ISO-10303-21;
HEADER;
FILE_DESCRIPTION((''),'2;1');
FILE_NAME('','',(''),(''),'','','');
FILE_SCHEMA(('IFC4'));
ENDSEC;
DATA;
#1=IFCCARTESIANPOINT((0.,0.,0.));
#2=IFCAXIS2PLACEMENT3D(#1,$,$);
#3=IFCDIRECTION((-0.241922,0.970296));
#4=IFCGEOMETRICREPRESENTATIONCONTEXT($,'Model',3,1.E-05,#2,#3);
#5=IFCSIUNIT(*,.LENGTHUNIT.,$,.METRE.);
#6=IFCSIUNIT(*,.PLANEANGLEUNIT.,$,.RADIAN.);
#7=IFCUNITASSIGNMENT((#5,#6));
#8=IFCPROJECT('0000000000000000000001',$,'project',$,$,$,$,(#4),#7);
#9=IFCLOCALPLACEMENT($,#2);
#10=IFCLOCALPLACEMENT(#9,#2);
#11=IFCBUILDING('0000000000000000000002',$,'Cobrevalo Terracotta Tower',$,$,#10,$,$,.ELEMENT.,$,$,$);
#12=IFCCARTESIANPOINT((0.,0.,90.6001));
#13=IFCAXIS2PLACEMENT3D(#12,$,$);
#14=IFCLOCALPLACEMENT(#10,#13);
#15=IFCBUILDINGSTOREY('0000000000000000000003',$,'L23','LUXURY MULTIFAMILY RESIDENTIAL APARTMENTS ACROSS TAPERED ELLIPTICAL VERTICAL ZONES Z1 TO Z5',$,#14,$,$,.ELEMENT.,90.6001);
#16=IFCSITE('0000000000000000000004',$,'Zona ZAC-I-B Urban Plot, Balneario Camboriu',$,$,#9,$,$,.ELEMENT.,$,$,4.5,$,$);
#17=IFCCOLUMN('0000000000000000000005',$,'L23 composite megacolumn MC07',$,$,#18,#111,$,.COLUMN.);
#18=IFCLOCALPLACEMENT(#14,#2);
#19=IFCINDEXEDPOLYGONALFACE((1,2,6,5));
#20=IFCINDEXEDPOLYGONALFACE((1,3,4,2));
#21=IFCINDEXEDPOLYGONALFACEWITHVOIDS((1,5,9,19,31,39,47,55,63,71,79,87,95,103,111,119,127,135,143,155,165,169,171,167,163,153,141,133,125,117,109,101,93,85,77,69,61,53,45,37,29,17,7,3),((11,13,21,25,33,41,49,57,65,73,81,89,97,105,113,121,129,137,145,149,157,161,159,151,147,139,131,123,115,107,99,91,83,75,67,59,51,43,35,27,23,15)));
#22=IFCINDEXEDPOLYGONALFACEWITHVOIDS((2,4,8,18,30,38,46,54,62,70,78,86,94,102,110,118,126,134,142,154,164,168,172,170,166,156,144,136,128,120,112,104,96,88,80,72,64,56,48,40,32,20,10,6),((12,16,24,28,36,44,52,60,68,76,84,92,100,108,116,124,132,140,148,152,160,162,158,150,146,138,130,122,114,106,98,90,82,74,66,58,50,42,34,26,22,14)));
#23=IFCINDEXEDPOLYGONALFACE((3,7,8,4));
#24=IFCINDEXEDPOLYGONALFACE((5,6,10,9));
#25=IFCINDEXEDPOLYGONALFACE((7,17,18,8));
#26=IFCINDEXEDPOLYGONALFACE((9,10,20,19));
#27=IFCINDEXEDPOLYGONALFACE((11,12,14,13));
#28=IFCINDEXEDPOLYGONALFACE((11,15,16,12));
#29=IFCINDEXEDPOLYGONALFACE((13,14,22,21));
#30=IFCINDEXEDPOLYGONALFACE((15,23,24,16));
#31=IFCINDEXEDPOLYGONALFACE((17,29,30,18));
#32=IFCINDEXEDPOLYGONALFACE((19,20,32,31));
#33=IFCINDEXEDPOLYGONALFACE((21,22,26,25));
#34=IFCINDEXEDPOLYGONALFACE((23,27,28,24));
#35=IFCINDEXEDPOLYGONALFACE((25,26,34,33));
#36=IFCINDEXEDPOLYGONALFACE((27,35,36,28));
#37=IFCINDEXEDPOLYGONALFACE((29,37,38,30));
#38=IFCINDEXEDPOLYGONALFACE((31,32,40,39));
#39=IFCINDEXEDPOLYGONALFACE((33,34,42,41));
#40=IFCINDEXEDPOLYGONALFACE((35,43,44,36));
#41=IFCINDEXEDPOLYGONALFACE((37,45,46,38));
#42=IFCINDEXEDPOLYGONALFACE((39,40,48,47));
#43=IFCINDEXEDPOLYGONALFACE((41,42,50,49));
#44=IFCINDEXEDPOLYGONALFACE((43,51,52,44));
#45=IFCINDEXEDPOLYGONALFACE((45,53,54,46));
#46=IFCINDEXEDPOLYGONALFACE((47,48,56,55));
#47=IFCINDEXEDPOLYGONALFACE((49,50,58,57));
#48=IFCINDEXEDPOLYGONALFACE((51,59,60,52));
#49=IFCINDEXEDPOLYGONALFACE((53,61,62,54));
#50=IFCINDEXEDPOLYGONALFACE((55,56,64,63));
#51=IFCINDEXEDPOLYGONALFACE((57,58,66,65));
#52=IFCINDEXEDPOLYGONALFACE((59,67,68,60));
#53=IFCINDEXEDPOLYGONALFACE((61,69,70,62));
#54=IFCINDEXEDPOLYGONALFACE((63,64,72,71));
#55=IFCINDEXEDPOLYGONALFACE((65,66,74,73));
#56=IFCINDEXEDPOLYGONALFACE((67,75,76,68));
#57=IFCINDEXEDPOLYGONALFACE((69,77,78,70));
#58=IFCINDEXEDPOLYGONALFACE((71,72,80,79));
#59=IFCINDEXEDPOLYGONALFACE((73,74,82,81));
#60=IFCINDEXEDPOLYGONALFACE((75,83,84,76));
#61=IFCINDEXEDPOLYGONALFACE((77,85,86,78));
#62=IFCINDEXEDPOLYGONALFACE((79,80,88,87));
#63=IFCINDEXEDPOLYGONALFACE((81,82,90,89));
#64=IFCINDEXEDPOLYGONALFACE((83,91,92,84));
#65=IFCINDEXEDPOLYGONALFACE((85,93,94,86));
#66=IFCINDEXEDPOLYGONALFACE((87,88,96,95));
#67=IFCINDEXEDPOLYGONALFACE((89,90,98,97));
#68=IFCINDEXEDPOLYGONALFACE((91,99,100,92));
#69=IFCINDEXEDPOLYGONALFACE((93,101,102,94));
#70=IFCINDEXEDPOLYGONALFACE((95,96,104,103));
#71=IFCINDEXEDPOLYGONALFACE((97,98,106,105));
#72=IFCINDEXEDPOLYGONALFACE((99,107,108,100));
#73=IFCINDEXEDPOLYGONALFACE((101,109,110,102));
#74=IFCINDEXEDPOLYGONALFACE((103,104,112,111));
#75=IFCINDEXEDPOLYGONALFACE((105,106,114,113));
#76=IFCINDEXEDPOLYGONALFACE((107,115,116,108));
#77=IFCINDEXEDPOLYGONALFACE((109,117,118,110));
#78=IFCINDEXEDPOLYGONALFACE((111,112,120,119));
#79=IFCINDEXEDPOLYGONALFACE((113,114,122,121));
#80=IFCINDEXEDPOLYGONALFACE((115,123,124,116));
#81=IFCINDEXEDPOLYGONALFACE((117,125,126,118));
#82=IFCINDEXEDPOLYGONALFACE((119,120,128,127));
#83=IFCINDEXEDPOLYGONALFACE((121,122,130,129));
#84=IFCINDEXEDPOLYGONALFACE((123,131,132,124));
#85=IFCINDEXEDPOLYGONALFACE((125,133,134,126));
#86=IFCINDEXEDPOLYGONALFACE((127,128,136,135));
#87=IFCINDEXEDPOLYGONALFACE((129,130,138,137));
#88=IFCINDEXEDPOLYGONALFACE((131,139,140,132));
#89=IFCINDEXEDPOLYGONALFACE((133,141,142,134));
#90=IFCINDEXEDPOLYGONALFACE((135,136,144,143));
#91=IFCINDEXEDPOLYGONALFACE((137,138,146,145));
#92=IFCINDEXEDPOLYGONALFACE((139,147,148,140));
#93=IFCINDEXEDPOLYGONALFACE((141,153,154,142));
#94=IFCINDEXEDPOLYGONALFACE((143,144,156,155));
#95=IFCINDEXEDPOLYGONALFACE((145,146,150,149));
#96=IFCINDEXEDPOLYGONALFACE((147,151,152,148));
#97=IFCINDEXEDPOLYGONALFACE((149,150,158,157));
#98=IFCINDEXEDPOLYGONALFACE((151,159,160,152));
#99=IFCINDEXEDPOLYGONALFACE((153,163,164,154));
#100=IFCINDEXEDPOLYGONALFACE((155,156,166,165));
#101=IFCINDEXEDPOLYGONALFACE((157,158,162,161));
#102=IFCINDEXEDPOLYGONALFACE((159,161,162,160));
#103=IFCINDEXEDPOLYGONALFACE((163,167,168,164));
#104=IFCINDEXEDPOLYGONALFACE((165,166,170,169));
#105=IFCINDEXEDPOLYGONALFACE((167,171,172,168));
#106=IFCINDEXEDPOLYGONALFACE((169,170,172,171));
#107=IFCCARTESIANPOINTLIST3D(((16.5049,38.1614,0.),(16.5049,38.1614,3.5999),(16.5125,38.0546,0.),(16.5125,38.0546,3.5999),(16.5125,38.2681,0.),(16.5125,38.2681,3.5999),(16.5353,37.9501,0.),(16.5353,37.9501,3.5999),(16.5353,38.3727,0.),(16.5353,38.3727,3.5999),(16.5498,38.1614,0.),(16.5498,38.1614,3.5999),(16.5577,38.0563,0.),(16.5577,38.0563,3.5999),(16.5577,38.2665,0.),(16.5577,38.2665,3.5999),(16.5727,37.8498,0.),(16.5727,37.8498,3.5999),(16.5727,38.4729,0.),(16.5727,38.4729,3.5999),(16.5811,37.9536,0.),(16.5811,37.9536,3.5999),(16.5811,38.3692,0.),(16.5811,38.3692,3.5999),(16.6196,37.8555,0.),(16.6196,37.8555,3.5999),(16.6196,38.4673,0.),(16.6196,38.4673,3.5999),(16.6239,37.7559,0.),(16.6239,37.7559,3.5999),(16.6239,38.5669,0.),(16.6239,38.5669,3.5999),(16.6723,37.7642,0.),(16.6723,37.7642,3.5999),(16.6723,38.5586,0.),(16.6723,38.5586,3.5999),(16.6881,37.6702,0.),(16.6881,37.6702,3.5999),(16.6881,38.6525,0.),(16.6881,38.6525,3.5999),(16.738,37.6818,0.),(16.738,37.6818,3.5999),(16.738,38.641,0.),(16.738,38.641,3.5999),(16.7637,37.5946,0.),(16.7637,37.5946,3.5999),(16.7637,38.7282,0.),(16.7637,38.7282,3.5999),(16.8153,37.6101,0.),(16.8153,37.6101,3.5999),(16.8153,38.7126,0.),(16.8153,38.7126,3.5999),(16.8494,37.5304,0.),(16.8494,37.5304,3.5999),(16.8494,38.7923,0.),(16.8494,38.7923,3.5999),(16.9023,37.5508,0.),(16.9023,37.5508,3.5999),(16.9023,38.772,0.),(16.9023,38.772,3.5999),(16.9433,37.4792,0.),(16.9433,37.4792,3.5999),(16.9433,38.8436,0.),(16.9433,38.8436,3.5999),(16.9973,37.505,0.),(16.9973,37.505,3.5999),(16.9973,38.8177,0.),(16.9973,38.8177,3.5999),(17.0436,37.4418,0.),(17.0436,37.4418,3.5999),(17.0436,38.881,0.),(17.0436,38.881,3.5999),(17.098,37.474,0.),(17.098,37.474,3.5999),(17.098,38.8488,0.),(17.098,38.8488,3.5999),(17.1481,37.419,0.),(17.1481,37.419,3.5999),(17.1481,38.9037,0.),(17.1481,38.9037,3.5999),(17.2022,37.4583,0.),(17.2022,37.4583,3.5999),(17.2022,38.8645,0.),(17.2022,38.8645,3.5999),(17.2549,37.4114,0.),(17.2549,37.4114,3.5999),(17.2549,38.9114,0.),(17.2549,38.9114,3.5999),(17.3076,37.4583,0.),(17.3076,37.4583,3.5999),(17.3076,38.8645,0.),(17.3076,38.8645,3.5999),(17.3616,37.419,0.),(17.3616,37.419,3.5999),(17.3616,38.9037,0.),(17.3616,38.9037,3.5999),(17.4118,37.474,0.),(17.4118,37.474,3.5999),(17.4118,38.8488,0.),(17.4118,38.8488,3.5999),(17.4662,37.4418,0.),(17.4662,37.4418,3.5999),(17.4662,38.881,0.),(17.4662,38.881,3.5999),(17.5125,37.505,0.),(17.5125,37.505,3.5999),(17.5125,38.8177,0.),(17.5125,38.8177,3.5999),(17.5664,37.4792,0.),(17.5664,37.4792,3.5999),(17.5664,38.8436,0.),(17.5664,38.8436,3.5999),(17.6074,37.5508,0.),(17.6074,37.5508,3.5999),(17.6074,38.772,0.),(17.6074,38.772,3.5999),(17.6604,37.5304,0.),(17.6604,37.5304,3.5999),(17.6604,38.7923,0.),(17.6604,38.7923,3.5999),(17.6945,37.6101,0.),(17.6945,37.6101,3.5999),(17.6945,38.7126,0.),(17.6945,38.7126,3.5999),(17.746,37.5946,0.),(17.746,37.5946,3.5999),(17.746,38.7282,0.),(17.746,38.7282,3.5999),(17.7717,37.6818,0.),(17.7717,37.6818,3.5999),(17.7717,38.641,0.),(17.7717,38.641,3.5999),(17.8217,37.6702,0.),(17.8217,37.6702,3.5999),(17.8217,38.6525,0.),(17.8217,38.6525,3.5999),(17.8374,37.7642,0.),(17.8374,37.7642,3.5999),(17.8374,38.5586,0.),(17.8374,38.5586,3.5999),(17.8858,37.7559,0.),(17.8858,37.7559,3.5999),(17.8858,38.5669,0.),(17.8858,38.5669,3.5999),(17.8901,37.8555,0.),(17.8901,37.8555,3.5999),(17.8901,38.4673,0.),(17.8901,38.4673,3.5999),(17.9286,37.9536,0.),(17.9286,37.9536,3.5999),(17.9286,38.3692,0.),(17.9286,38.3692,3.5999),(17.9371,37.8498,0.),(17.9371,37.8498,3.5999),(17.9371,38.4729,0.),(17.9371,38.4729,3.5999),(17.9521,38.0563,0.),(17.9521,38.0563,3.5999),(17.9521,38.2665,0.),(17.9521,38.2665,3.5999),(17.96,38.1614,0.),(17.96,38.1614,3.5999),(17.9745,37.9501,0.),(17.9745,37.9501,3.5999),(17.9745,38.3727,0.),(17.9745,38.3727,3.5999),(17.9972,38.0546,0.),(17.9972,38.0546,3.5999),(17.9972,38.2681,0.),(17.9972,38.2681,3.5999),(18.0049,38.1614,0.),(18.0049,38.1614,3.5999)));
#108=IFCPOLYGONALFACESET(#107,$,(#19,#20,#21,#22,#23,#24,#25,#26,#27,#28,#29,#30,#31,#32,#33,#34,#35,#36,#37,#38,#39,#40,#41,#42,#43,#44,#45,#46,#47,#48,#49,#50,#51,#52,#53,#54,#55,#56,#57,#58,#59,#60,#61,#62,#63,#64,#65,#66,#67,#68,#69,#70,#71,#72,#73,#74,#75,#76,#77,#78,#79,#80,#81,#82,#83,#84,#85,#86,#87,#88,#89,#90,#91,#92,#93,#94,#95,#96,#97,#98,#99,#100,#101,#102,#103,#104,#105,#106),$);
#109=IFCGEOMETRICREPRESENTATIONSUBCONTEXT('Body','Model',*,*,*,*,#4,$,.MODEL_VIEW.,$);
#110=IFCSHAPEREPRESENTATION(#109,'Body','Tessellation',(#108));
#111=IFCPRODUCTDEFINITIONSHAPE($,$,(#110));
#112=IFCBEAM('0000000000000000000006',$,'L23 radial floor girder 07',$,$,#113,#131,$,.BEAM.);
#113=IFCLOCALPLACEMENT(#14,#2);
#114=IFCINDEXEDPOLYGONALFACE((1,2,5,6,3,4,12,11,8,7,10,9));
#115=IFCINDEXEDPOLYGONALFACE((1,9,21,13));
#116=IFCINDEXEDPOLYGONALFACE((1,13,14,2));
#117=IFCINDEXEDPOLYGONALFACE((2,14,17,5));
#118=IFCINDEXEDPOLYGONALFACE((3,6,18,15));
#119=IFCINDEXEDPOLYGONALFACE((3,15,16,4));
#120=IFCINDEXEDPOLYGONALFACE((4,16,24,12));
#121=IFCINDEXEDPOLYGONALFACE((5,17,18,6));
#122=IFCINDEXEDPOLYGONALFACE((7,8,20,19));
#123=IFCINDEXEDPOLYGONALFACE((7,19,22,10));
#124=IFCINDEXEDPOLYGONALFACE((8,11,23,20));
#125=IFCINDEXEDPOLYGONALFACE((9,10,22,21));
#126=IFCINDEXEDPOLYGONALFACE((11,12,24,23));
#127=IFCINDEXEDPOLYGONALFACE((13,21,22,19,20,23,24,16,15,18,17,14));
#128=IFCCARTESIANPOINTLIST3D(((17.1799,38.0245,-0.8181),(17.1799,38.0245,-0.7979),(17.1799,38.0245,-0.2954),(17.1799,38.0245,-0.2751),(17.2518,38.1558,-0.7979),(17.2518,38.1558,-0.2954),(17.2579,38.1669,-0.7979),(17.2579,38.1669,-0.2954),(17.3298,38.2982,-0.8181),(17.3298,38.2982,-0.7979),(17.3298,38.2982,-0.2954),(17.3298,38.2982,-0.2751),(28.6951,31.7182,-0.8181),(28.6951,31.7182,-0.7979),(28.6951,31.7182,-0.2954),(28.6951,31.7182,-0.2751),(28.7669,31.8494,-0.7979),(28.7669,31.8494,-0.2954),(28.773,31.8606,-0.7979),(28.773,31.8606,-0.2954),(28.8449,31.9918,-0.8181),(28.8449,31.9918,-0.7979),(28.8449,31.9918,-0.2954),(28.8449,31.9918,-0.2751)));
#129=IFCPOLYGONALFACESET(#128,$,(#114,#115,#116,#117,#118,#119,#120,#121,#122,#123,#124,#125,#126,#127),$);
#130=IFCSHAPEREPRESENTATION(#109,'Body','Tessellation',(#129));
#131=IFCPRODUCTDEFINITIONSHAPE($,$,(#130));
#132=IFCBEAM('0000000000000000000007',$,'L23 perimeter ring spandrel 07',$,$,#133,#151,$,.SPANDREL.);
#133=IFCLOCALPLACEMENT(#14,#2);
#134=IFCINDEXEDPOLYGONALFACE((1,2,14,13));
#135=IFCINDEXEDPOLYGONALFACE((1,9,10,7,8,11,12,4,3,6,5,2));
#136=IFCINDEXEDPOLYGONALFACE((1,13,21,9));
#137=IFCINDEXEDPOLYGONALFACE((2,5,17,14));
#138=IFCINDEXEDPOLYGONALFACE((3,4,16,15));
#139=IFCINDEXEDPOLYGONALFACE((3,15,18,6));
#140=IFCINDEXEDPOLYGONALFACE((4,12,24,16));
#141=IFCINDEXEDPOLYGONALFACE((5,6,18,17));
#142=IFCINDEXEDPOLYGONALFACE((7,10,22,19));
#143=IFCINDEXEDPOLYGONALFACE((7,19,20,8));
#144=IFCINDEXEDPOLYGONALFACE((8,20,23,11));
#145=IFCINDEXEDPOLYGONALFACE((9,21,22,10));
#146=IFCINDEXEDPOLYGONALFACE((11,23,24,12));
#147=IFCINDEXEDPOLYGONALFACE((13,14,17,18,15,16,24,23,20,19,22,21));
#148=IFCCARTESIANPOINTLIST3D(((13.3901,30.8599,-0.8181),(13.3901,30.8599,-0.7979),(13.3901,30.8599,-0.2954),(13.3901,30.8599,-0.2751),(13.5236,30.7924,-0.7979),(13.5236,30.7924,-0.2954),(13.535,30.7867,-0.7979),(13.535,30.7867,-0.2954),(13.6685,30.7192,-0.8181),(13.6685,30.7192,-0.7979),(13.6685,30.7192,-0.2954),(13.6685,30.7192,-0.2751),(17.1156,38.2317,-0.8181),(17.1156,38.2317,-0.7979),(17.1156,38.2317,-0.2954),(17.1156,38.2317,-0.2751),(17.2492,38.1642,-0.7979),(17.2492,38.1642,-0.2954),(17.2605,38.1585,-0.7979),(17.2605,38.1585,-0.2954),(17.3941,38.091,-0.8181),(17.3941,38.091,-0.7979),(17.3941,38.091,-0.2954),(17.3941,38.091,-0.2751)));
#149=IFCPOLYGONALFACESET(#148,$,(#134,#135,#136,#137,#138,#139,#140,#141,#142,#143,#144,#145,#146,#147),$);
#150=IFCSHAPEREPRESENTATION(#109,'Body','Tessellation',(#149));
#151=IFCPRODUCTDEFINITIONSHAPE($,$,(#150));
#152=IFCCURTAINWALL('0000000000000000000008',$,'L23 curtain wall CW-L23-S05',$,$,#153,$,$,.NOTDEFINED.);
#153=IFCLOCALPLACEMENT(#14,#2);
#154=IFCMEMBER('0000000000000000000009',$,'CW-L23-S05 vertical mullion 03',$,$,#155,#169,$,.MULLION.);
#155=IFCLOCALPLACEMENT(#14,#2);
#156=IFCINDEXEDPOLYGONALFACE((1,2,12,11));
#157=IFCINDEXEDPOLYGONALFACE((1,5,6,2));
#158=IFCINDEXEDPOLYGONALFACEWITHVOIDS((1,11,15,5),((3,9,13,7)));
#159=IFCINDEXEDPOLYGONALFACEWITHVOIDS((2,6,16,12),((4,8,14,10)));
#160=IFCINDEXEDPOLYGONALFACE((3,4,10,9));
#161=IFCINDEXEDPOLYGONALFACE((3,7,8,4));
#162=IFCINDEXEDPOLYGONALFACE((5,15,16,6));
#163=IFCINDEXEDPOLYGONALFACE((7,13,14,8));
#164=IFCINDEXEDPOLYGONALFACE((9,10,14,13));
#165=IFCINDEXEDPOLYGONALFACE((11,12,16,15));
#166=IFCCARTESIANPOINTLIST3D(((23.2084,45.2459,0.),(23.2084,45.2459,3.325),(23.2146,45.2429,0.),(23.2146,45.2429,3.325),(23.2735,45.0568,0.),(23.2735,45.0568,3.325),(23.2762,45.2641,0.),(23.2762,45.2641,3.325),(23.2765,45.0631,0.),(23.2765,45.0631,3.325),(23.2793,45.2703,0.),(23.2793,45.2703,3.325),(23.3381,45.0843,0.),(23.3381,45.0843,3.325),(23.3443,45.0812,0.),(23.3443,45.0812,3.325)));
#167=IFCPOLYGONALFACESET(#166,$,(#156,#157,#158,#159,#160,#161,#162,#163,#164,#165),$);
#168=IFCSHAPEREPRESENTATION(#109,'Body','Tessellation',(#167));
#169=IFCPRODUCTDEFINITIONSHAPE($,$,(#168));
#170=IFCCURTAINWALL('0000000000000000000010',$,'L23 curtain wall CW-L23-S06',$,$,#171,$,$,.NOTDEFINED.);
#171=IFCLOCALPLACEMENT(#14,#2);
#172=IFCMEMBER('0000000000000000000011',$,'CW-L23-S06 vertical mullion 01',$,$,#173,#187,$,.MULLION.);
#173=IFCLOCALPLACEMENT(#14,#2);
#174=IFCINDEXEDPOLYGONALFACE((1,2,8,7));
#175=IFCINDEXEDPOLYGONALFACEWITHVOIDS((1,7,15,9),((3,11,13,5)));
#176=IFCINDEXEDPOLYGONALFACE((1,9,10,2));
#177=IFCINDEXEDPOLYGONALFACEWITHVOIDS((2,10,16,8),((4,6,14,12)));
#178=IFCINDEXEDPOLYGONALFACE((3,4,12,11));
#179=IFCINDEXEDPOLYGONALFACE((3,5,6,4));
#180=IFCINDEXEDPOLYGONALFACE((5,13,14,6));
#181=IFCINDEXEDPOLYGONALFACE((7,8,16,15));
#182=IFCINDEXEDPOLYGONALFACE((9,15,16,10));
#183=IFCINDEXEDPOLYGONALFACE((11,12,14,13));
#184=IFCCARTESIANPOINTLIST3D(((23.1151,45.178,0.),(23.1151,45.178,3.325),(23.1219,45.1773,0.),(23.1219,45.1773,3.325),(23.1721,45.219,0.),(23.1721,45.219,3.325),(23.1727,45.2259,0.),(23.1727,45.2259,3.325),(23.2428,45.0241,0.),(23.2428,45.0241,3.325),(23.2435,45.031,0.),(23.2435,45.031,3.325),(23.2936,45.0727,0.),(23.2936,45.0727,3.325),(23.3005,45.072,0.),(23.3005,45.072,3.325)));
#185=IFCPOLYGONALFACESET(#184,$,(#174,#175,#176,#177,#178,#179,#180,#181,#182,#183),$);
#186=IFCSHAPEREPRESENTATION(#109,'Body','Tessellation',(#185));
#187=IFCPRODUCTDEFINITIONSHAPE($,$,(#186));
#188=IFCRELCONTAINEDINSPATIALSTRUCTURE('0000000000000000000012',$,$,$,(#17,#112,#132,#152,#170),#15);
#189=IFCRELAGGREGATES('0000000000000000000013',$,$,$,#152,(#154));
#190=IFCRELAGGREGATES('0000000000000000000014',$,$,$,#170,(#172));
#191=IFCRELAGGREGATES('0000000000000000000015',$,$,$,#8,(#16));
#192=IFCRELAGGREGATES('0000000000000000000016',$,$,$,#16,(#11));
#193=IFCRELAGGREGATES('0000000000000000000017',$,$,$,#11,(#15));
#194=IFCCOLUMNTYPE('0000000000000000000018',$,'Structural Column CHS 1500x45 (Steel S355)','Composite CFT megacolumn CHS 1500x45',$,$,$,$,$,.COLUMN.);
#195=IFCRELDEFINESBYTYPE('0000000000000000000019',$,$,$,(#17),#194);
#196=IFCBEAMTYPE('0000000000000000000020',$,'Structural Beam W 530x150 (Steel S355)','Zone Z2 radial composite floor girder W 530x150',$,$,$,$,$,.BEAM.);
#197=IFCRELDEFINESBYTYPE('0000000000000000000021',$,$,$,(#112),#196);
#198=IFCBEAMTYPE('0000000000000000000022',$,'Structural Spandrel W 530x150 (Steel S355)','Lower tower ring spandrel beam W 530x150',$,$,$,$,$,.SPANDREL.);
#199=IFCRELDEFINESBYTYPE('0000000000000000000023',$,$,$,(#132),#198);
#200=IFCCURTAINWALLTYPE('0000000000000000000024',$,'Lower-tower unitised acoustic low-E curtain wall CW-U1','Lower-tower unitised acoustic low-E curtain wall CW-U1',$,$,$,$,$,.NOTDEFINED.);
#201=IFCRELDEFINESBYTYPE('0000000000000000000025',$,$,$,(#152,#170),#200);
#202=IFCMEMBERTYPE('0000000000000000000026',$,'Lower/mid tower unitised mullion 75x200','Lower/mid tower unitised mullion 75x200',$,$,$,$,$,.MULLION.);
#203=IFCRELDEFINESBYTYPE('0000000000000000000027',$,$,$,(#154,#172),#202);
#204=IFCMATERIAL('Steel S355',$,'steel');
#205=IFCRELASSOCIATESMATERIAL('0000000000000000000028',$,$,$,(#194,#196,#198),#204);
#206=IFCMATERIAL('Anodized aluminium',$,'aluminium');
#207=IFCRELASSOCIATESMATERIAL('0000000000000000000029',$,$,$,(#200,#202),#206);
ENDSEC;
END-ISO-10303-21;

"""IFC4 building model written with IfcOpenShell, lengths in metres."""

from ifc_helpers import new_model, si_unit, direction, frame, origin, origin_2d, place, context, subcontext, project, spatial, hollow_rectangle, hollow_circle, i_section, extrude, source, transform, mapped, material, material_profile, profile_set, type_object, element, aggregate, save


model = new_model("IFC4")

# Units and contexts
model_context = context("Model", 3, precision=1e-05, world=origin(), true_north=direction((-0.241922, 0.970296)))
body_context = subcontext(model_context, "Body", "Model", "MODEL_VIEW")
ifc_project = project(units=[si_unit("LENGTHUNIT", "METRE"), si_unit("PLANEANGLEUNIT", "RADIAN")], contexts=[model_context])

# Site, building, storey
site_placement = place(None, origin())
site = spatial("IfcSite", under=ifc_project, at=site_placement, Name="Zona ZAC-I-B Urban Plot, Balneario Camboriu", CompositionType="ELEMENT", RefElevation=4.5)
building_placement = place(site_placement, origin())
building = spatial("IfcBuilding", under=site, at=building_placement, Name="Cobrevalo Terracotta Tower", CompositionType="ELEMENT")
storey_placement = place(building_placement, frame((0.0, 0.0, 90.6001)))
storey = spatial("IfcBuildingStorey", under=building, at=storey_placement, Name="L23", Description="LUXURY MULTIFAMILY RESIDENTIAL APARTMENTS ACROSS TAPERED ELLIPTICAL VERTICAL ZONES Z1 TO Z5", CompositionType="ELEMENT", Elevation=90.6001)

# Column
ifc_material_1 = material(Name="Steel S355", Category="steel")
ifc_material_profile_1 = material_profile(ifc_material_1, hollow_circle(Radius=0.75, WallThickness=0.0449, at=origin_2d()), Name="CHS 1500x45")
ifc_profile_set_1 = profile_set([ifc_material_profile_1], Name="Steel S355")
column_type = type_object("IfcColumnType", Name="Structural Column CHS 1500x45 (Steel S355)", Description="Composite CFT megacolumn CHS 1500x45", PredefinedType="COLUMN", material=ifc_profile_set_1)
column_placement = place(storey_placement, frame((17.2549, 38.1614, 0.0), z_axis=(0.0, 0.0, 1.0), x_axis=(1.0, 0.0, 0.0)))
element("IfcColumn", 1, at=column_placement, inside=storey, type_object=column_type, Name="L23 composite megacolumn MC07", PredefinedType="COLUMN", context=body_context, shape_type="SweptSolid", body=[
    extrude(hollow_circle(Radius=0.75, WallThickness=0.0449, at=origin_2d()), origin(), (0.0, 0.0, 1.0), 3.5999),
])

# Beams
ifc_material_profile_2 = material_profile(ifc_material_1, i_section(OverallWidth=0.312, OverallDepth=0.543, WebThickness=0.0127, FlangeThickness=0.0203, at=origin_2d()), Name="W 530x150")
ifc_profile_set_2 = profile_set([ifc_material_profile_2], Name="Steel S355")
beam_type_1 = type_object("IfcBeamType", Name="Structural Beam W 530x150 (Steel S355)", Description="Zone Z2 radial composite floor girder W 530x150", PredefinedType="BEAM", material=ifc_profile_set_2)
beam_1_placement = place(storey_placement, frame((17.2549, 38.1614, -0.5466), z_axis=(0.877081, -0.480343, 0.0), x_axis=(0.480343, 0.877081, 0.0)))
element("IfcBeam", 2, at=beam_1_placement, inside=storey, type_object=beam_type_1, Name="L23 radial floor girder 07", PredefinedType="BEAM", context=body_context, shape_type="SweptSolid", body=[
    extrude(i_section(OverallWidth=0.312, OverallDepth=0.543, WebThickness=0.0127, FlangeThickness=0.0203, at=origin_2d()), origin(), (0.0, 0.0, 1.0), 13.1289),
])
ifc_material_profile_3 = material_profile(ifc_material_1, i_section(OverallWidth=0.312, OverallDepth=0.543, WebThickness=0.0127, FlangeThickness=0.0203, at=origin_2d()), Name="W 530x150")
ifc_profile_set_3 = profile_set([ifc_material_profile_3], Name="Steel S355")
beam_type_2 = type_object("IfcBeamType", Name="Structural Spandrel W 530x150 (Steel S355)", Description="Lower tower ring spandrel beam W 530x150", PredefinedType="SPANDREL", material=ifc_profile_set_3)
beam_2_placement = place(storey_placement, frame((17.2549, 38.1614, -0.5466), z_axis=(-0.451052, -0.892498, 0.0), x_axis=(0.892498, -0.451052, 0.0)))
element("IfcBeam", 3, at=beam_2_placement, inside=storey, type_object=beam_type_2, Name="L23 perimeter ring spandrel 07", PredefinedType="SPANDREL", context=body_context, shape_type="SweptSolid", body=[
    extrude(i_section(OverallWidth=0.312, OverallDepth=0.543, WebThickness=0.0127, FlangeThickness=0.0203, at=origin_2d()), origin(), (0.0, 0.0, 1.0), 8.2598),
])

# Curtain wall, member
ifc_material_2 = material(Name="Anodized aluminium", Category="aluminium")
curtain_wall_type = type_object("IfcCurtainWallType", Name="Lower-tower unitised acoustic low-E curtain wall CW-U1", Description="Lower-tower unitised acoustic low-E curtain wall CW-U1", PredefinedType="NOTDEFINED", material=ifc_material_2)
curtain_wall_1_placement = place(storey_placement, origin())
curtain_wall_1 = element("IfcCurtainWall", 4, at=curtain_wall_1_placement, inside=storey, type_object=curtain_wall_type, Name="L23 curtain wall CW-L23-S05", PredefinedType="NOTDEFINED")
ifc_material_profile_4 = material_profile(ifc_material_2, hollow_rectangle(XDim=0.075, YDim=0.2, WallThickness=0.0049, at=origin_2d()), Name="CWM 75x200")
ifc_profile_set_4 = profile_set([ifc_material_profile_4], Name="Anodized aluminium")
member_type_1 = type_object("IfcMemberType", Name="Lower/mid tower unitised mullion 75x200", Description="Lower/mid tower unitised mullion 75x200", PredefinedType="MULLION", material=ifc_profile_set_4)
shared_shape_1 = source(origin(), body_context, "Body", "SweptSolid", [
    extrude(hollow_rectangle(XDim=0.075, YDim=0.2, WallThickness=0.0049, at=origin_2d()), origin(), (0.0, 0.0, 1.0), 3.325),
])
member_1_placement = place(storey_placement, frame((23.2764, 45.1636, 0.0), z_axis=(0.0, 0.0, 1.0), x_axis=(-0.945598, -0.325337, 0.0)))
member_1 = element("IfcMember", 5, at=member_1_placement, type_object=member_type_1, Name="CW-L23-S05 vertical mullion 03", PredefinedType="MULLION", context=body_context, shape_type="MappedRepresentation", body=[
    mapped(shared_shape_1, transform((0.0, 0.0, 0.0), scale=1.0)),
])
aggregate(curtain_wall_1, [member_1])

# Curtain wall, member
curtain_wall_2_placement = place(storey_placement, origin())
curtain_wall_2 = element("IfcCurtainWall", 6, at=curtain_wall_2_placement, inside=storey, type_object=curtain_wall_type, Name="L23 curtain wall CW-L23-S06", PredefinedType="NOTDEFINED")
member_2_placement = place(storey_placement, frame((23.2078, 45.125, 0.0), z_axis=(0.0, 0.0, 1.0), x_axis=(-0.769243, -0.638956, 0.0)))
member_2 = element("IfcMember", 7, at=member_2_placement, type_object=member_type_1, Name="CW-L23-S06 vertical mullion 01", PredefinedType="MULLION", context=body_context, shape_type="MappedRepresentation", body=[
    mapped(shared_shape_1, transform((0.0, 0.0, 0.0), scale=1.0)),
])

aggregate(curtain_wall_2, [member_2])

save(model, "model.ifc")
